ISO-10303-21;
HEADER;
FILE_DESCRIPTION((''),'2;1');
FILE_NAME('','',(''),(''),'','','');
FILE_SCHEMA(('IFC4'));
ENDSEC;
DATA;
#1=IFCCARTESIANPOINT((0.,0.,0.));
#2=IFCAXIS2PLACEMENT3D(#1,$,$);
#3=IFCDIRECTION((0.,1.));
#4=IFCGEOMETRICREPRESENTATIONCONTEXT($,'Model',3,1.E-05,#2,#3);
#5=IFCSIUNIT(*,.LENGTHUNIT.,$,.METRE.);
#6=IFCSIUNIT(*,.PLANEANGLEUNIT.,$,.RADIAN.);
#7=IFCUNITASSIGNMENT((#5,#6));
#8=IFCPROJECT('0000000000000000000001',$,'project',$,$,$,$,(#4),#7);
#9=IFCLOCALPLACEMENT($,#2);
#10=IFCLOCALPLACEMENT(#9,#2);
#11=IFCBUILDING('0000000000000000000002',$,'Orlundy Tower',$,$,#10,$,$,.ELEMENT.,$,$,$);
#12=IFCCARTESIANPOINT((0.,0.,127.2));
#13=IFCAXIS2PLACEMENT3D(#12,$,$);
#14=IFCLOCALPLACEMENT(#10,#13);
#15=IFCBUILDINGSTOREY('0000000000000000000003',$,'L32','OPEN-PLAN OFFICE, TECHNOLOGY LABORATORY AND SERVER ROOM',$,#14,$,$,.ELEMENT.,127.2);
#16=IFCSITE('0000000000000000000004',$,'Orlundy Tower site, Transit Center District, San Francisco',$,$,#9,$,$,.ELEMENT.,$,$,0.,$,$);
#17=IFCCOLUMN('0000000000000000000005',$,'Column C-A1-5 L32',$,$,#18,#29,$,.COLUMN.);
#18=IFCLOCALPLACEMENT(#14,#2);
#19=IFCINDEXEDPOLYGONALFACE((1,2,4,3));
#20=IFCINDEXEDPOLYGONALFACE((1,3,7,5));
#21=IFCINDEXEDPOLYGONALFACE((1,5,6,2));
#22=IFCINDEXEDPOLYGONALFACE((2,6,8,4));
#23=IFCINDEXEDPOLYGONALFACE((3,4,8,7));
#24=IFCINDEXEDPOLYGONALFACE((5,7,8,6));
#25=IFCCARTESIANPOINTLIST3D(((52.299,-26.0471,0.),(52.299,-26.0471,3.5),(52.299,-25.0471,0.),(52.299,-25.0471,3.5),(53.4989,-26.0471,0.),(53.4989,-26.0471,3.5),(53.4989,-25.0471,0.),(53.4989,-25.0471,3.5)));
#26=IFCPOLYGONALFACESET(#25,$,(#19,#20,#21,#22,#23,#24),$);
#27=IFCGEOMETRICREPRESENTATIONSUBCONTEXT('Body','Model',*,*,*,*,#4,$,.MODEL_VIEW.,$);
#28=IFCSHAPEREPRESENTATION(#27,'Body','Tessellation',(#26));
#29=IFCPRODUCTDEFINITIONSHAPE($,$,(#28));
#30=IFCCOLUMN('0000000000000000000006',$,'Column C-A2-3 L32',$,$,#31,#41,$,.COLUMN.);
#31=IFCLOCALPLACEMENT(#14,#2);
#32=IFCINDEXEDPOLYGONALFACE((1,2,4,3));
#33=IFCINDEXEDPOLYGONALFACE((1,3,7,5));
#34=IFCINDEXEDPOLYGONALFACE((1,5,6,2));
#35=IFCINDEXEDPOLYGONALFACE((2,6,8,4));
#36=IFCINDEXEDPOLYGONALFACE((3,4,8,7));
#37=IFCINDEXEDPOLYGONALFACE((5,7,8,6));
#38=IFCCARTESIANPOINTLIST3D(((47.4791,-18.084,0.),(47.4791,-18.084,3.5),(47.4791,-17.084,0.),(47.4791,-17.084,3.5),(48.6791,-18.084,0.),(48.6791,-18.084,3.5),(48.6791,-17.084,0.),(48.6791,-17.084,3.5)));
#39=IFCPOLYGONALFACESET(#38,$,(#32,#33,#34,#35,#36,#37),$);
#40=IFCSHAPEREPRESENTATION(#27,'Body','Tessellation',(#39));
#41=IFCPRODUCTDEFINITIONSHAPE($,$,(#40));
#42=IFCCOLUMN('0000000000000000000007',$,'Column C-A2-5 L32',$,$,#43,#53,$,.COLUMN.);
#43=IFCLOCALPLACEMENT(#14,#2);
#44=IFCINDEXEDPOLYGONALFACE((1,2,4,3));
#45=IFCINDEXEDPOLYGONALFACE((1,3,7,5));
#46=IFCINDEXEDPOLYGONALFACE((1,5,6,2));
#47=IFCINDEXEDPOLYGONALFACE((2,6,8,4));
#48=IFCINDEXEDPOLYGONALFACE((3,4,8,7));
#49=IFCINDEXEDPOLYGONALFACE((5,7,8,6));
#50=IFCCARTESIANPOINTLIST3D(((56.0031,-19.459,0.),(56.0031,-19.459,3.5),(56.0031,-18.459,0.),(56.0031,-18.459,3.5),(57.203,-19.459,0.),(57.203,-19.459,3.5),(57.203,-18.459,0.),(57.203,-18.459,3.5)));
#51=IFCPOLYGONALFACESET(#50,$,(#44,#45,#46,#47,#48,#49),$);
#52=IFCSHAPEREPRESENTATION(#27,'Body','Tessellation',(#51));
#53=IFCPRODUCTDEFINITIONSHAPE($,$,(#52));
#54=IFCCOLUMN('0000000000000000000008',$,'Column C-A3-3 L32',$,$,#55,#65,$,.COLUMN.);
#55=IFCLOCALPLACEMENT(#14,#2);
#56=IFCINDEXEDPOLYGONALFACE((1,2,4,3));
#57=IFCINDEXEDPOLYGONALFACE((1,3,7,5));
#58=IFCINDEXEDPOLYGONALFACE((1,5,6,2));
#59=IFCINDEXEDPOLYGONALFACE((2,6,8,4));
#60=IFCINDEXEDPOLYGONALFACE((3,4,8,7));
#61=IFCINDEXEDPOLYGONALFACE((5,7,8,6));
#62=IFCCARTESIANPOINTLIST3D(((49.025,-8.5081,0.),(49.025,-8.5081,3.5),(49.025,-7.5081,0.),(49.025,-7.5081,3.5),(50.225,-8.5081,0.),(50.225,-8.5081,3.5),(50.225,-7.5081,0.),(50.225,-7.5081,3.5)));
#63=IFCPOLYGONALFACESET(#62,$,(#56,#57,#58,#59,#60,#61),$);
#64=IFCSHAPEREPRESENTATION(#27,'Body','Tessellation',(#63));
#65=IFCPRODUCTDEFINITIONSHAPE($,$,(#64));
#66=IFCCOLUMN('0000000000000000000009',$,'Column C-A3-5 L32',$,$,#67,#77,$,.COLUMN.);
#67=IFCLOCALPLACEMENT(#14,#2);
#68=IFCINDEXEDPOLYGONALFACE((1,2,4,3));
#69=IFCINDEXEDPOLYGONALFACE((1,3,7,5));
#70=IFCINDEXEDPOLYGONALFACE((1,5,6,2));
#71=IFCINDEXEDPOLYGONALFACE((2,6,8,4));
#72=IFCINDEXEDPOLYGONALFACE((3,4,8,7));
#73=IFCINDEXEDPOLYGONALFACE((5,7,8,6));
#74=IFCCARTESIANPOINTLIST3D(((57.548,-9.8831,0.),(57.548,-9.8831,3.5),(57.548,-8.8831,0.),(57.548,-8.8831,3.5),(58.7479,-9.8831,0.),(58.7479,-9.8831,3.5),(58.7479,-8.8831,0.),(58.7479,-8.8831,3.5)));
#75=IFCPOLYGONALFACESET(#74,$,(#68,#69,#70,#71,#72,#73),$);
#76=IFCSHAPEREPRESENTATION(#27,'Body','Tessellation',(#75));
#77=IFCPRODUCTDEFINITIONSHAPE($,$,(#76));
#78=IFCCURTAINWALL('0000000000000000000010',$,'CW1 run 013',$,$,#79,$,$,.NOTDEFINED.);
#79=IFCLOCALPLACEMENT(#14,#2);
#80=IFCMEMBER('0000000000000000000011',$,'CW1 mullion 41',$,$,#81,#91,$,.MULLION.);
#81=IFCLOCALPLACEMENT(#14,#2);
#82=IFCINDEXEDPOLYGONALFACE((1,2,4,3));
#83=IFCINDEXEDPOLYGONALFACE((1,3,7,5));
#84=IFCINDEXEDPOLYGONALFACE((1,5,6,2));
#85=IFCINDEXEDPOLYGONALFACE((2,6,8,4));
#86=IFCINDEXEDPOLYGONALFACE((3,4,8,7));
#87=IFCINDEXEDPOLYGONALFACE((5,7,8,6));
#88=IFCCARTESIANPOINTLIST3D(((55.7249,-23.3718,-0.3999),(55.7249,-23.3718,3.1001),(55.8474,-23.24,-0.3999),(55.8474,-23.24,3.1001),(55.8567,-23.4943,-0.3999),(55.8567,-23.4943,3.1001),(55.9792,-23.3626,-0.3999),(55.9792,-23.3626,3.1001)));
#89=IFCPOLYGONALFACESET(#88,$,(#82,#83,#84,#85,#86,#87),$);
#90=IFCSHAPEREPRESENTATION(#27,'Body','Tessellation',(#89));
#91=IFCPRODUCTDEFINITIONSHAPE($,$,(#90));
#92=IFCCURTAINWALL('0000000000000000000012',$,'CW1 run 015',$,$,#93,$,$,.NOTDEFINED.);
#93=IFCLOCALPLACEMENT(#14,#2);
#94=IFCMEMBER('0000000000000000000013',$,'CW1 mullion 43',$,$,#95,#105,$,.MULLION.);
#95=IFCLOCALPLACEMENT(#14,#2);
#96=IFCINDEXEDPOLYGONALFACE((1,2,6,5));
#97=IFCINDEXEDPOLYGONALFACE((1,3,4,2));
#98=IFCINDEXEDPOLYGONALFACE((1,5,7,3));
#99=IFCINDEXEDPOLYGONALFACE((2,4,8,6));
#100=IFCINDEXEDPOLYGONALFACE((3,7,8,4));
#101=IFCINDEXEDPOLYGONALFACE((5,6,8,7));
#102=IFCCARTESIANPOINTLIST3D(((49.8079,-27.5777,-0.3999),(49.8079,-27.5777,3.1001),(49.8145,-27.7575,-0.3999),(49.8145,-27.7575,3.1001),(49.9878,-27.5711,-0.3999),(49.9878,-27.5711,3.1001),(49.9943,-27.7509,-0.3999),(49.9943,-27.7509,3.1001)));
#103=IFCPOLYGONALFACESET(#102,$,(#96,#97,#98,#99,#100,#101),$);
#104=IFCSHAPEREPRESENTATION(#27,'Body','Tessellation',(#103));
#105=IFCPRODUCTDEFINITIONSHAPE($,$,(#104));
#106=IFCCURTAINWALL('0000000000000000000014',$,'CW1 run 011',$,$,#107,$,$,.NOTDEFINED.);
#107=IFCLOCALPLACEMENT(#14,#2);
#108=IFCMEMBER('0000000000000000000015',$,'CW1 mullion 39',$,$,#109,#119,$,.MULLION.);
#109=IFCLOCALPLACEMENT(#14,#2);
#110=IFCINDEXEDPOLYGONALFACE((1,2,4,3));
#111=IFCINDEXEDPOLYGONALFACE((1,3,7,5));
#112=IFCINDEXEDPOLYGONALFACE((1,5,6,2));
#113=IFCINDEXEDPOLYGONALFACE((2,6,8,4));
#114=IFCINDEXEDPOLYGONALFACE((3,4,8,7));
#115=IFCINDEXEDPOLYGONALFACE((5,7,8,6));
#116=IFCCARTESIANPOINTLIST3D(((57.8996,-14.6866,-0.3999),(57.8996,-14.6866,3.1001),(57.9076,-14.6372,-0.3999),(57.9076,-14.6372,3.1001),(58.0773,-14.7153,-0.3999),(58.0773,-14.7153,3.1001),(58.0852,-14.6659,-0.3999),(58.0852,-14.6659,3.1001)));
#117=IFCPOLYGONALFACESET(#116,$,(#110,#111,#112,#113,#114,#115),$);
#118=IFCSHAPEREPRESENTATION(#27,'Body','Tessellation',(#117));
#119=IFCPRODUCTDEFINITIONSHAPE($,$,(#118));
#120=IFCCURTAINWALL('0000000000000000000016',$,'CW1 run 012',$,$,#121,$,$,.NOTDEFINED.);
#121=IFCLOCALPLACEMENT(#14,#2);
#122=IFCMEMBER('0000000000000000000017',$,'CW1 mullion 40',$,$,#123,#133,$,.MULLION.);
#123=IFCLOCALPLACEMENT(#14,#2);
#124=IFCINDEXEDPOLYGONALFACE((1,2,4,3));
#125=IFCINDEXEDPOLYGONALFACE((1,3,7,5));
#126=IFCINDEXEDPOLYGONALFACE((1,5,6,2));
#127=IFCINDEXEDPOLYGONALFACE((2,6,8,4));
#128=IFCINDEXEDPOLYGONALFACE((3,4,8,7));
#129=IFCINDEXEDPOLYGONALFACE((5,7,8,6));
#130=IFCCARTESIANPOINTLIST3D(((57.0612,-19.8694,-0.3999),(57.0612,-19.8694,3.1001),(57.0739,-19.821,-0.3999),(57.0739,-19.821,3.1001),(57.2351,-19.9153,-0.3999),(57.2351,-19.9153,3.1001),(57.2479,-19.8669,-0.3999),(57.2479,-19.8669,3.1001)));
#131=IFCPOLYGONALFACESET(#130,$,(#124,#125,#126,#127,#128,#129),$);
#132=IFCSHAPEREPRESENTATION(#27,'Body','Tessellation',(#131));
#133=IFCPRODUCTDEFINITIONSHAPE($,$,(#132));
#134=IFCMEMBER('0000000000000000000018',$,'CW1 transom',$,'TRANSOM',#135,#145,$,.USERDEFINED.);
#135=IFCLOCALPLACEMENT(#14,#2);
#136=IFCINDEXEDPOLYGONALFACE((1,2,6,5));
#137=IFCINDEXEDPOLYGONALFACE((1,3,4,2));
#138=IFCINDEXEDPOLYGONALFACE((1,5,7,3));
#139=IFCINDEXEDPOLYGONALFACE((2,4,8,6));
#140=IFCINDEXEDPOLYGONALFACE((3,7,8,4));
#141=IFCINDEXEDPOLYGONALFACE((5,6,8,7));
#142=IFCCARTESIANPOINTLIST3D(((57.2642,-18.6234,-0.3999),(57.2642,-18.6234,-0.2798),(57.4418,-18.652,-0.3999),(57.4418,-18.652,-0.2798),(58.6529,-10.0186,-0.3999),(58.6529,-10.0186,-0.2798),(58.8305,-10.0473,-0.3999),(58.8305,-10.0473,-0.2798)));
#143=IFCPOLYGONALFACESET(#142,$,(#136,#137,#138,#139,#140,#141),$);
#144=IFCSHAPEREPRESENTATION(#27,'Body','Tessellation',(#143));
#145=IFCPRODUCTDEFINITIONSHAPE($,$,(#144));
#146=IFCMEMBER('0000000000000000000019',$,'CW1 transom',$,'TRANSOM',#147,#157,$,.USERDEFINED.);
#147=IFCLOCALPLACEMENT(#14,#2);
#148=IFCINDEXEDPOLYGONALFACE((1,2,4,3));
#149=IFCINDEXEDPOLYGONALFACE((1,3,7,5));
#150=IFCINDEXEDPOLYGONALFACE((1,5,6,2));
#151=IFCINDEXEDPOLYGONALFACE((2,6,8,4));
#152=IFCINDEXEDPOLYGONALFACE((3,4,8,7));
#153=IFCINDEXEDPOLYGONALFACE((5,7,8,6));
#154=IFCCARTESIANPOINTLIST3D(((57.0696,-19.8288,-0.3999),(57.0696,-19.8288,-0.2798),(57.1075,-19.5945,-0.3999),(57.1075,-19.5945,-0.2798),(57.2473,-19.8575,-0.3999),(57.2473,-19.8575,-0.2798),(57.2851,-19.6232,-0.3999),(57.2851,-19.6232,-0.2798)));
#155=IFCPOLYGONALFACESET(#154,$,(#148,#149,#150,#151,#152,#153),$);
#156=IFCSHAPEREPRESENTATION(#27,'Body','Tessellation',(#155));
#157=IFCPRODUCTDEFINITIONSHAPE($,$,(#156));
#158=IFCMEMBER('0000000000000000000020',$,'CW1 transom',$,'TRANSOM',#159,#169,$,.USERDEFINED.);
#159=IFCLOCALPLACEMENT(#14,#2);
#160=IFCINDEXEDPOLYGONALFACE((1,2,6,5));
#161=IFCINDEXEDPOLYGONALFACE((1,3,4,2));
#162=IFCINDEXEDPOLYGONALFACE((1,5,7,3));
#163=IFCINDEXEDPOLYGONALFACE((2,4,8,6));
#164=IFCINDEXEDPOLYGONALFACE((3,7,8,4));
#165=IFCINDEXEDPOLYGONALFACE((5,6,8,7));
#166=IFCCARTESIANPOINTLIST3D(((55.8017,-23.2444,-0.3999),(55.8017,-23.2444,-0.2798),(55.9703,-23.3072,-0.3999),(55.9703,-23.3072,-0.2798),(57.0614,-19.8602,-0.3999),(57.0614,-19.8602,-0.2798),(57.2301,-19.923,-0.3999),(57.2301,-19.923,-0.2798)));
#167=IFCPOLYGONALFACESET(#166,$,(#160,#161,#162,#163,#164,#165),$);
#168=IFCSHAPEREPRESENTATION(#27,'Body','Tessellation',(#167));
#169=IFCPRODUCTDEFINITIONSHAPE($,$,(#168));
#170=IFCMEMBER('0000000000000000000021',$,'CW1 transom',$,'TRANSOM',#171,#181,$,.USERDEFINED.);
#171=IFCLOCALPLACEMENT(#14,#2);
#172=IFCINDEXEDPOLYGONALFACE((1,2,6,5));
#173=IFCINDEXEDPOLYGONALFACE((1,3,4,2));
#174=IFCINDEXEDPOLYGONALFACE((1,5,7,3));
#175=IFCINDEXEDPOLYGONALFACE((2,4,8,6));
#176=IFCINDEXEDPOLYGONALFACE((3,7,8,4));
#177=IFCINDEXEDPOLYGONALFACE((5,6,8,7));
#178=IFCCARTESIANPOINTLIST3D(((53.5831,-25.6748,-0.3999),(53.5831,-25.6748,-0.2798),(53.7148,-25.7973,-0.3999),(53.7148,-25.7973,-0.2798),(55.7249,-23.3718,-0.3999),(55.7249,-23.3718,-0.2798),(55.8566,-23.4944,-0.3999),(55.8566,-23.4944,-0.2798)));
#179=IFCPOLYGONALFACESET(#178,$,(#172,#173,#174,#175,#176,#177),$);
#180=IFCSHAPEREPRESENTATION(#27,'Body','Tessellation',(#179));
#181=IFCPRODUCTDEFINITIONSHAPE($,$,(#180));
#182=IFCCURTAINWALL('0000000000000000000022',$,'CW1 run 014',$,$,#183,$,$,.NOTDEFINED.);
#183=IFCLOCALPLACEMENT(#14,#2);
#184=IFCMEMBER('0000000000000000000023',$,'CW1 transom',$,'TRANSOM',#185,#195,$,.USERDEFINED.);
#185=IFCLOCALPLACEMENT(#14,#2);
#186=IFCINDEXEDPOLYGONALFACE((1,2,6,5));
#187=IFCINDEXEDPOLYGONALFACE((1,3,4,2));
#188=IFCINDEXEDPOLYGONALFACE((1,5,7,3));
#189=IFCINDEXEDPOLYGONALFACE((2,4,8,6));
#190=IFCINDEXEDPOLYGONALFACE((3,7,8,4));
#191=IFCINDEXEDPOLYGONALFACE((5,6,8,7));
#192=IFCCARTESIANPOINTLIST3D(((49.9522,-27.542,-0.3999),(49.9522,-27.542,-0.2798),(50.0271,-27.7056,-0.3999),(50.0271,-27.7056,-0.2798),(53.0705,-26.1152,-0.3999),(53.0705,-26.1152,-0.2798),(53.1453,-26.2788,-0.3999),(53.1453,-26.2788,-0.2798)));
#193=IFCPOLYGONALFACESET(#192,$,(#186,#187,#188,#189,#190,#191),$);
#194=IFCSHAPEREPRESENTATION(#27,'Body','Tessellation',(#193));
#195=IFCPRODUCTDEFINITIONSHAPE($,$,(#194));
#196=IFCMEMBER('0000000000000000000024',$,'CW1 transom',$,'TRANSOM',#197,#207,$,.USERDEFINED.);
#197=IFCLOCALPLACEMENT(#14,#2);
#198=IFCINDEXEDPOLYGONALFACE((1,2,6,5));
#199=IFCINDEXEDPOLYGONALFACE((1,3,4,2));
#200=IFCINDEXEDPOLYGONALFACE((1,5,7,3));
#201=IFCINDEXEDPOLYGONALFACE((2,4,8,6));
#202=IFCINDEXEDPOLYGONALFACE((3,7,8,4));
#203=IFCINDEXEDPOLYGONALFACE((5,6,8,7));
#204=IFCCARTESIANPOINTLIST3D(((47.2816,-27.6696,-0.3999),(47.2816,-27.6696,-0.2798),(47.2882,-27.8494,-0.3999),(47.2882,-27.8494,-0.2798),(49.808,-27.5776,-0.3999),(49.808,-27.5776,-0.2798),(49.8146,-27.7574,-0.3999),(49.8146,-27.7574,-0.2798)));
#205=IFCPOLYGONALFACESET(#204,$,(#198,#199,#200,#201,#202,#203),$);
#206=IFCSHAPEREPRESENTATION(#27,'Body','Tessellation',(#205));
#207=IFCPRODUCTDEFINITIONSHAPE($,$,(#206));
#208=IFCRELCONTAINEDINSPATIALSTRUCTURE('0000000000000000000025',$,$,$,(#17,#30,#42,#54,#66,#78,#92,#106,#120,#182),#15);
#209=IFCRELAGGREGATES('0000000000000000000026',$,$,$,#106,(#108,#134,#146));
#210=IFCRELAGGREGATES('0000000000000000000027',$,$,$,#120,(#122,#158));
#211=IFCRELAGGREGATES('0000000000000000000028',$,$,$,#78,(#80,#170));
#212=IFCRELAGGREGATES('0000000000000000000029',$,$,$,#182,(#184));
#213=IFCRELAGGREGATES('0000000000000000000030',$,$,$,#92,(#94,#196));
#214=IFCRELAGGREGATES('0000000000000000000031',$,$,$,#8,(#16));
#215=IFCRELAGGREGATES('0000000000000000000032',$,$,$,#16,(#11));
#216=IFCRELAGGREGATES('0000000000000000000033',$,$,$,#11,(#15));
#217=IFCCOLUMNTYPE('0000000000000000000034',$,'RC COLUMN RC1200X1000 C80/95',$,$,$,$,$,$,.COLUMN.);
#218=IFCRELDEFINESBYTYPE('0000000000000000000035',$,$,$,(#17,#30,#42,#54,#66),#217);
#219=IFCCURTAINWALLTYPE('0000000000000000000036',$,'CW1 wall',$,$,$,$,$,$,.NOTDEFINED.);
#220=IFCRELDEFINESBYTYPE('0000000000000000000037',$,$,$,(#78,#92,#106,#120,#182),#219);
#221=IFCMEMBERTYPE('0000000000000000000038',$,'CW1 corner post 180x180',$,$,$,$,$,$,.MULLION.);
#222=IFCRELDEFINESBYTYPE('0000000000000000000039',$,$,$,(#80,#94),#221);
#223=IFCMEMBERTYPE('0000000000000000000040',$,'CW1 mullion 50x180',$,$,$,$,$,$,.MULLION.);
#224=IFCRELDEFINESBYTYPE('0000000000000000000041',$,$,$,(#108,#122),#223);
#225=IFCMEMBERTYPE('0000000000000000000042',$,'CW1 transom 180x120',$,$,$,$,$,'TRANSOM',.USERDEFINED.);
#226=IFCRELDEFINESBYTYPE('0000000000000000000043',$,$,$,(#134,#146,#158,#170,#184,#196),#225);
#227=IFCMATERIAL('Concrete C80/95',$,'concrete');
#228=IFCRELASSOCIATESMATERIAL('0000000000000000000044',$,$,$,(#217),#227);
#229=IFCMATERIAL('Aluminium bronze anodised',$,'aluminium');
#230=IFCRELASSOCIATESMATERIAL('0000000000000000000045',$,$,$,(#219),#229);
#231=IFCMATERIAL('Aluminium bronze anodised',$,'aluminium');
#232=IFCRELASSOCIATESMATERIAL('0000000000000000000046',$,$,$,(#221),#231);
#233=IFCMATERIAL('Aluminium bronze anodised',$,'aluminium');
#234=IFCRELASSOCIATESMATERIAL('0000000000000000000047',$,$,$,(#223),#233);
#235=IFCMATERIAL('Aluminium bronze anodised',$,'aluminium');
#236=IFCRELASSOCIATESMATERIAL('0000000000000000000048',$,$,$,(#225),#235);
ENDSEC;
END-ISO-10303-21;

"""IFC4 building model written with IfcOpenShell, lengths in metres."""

from ifc_helpers import new_model, si_unit, direction, frame, origin, origin_2d, place, context, subcontext, project, spatial, rectangle, extrude, material, material_profile, profile_set, type_object, element, aggregate, save


model = new_model("IFC4")

# Units and contexts
model_context = context("Model", 3, precision=1e-05, world=origin(), true_north=direction((0.0, 1.0)))
body_context = subcontext(model_context, "Body", "Model", "MODEL_VIEW")
ifc_project = project(units=[si_unit("LENGTHUNIT", "METRE"), si_unit("PLANEANGLEUNIT", "RADIAN")], contexts=[model_context])

# Site, building, storey
site_placement = place(None, origin())
site = spatial("IfcSite", under=ifc_project, at=site_placement, Name="Orlundy Tower site, Transit Center District, San Francisco", CompositionType="ELEMENT", RefElevation=0.0)
building_placement = place(site_placement, origin())
building = spatial("IfcBuilding", under=site, at=building_placement, Name="Orlundy Tower", CompositionType="ELEMENT")
storey_placement = place(building_placement, frame((0.0, 0.0, 127.2)))
storey = spatial("IfcBuildingStorey", under=building, at=storey_placement, Name="L32", Description="OPEN-PLAN OFFICE, TECHNOLOGY LABORATORY AND SERVER ROOM", CompositionType="ELEMENT", Elevation=127.2)

# Columns
ifc_material_1 = material(Name="Concrete C80/95", Category="concrete")
ifc_material_profile_1 = material_profile(ifc_material_1, rectangle(XDim=1.2, YDim=1.0, at=origin_2d()), Name="RC1200X1000")
ifc_profile_set_1 = profile_set([ifc_material_profile_1], Name="Concrete C80/95")
column_type = type_object("IfcColumnType", Name="RC COLUMN RC1200X1000 C80/95", PredefinedType="COLUMN", material=ifc_profile_set_1)
for number, where, z_axis, x_axis, name in (
    (1, (52.8989, -25.5471, 0.0), (0.0, 0.0, 1.0), (1.0, 0.0, 0.0), "Column C-A1-5 L32"),
    (2, (48.0791, -17.584, 0.0), (0.0, 0.0, 1.0), (1.0, 0.0, 0.0), "Column C-A2-3 L32"),
    (3, (56.603, -18.959, 0.0), (0.0, 0.0, 1.0), (1.0, 0.0, 0.0), "Column C-A2-5 L32"),
    (4, (49.625, -8.0081, 0.0), (0.0, 0.0, 1.0), (1.0, 0.0, 0.0), "Column C-A3-3 L32"),
    (5, (58.1479, -9.3831, 0.0), (0.0, 0.0, 1.0), (1.0, 0.0, 0.0), "Column C-A3-5 L32"),
):
    element("IfcColumn", number, at=place(storey_placement, frame(where, z_axis=z_axis, x_axis=x_axis)), inside=storey, type_object=column_type, Name=name, PredefinedType="COLUMN", context=body_context, shape_type="SweptSolid", body=[
        extrude(rectangle(XDim=1.2, YDim=1.0, at=origin_2d()), origin(), (0.0, 0.0, 1.0), 3.5),
    ])

# Curtain walls, members
ifc_material_2 = material(Name="Aluminium bronze anodised", Category="aluminium")
curtain_wall_type = type_object("IfcCurtainWallType", Name="CW1 wall", PredefinedType="NOTDEFINED", material=ifc_material_2)
curtain_wall_1_placement = place(storey_placement, origin())
curtain_wall_1 = element("IfcCurtainWall", 6, at=curtain_wall_1_placement, inside=storey, type_object=curtain_wall_type, Name="CW1 run 013", PredefinedType="NOTDEFINED")
ifc_material_3 = material(Name="Aluminium bronze anodised", Category="aluminium")
ifc_material_profile_2 = material_profile(ifc_material_3, rectangle(XDim=0.1799, YDim=0.1799, at=origin_2d()), Name="CW1 corner post 180x180")
ifc_profile_set_2 = profile_set([ifc_material_profile_2], Name="Aluminium bronze anodised")
member_type_1 = type_object("IfcMemberType", Name="CW1 corner post 180x180", PredefinedType="MULLION", material=ifc_profile_set_2)
member_1_placement = place(storey_placement, frame((55.8521, -23.3672, -0.3999), z_axis=(0.0, 0.0, 1.0), x_axis=(0.732274, -0.68101, 0.0)))
member_1 = element("IfcMember", 7, at=member_1_placement, type_object=member_type_1, Name="CW1 mullion 41", PredefinedType="MULLION", context=body_context, shape_type="SweptSolid", body=[
    extrude(rectangle(XDim=0.1799, YDim=0.1799, at=origin_2d()), origin(), (0.0, 0.0, 1.0), 3.5),
])
curtain_wall_2_placement = place(storey_placement, origin())
curtain_wall_2 = element("IfcCurtainWall", 8, at=curtain_wall_2_placement, inside=storey, type_object=curtain_wall_type, Name="CW1 run 015", PredefinedType="NOTDEFINED")
member_2_placement = place(storey_placement, frame((49.9011, -27.6643, -0.3999), z_axis=(0.0, 0.0, 1.0), x_axis=(0.036413, -0.999337, 0.0)))
member_2 = element("IfcMember", 9, at=member_2_placement, type_object=member_type_1, Name="CW1 mullion 43", PredefinedType="MULLION", context=body_context, shape_type="SweptSolid", body=[
    extrude(rectangle(XDim=0.1799, YDim=0.1799, at=origin_2d()), origin(), (0.0, 0.0, 1.0), 3.5),
])
curtain_wall_3_placement = place(storey_placement, origin())
curtain_wall_3 = element("IfcCurtainWall", 10, at=curtain_wall_3_placement, inside=storey, type_object=curtain_wall_type, Name="CW1 run 011", PredefinedType="NOTDEFINED")
ifc_material_4 = material(Name="Aluminium bronze anodised", Category="aluminium")
ifc_material_profile_3 = material_profile(ifc_material_4, rectangle(XDim=0.1799, YDim=0.05, at=origin_2d()), Name="CW1 mullion 50x180")
ifc_profile_set_3 = profile_set([ifc_material_profile_3], Name="Aluminium bronze anodised")
member_type_2 = type_object("IfcMemberType", Name="CW1 mullion 50x180", PredefinedType="MULLION", material=ifc_profile_set_3)
member_3_placement = place(storey_placement, frame((57.9924, -14.6763, -0.3999), z_axis=(0.0, 0.0, 1.0), x_axis=(0.987225, -0.159331, 0.0)))
member_3 = element("IfcMember", 11, at=member_3_placement, type_object=member_type_2, Name="CW1 mullion 39", PredefinedType="MULLION", context=body_context, shape_type="SweptSolid", body=[
    extrude(rectangle(XDim=0.1799, YDim=0.05, at=origin_2d()), origin(), (0.0, 0.0, 1.0), 3.5),
])
curtain_wall_4_placement = place(storey_placement, origin())
curtain_wall_4 = element("IfcCurtainWall", 12, at=curtain_wall_4_placement, inside=storey, type_object=curtain_wall_type, Name="CW1 run 012", PredefinedType="NOTDEFINED")
member_4_placement = place(storey_placement, frame((57.1545, -19.8682, -0.3999), z_axis=(0.0, 0.0, 1.0), x_axis=(0.966861, -0.255302, 0.0)))
member_4 = element("IfcMember", 13, at=member_4_placement, type_object=member_type_2, Name="CW1 mullion 40", PredefinedType="MULLION", context=body_context, shape_type="SweptSolid", body=[
    extrude(rectangle(XDim=0.1799, YDim=0.05, at=origin_2d()), origin(), (0.0, 0.0, 1.0), 3.5),
])

# Members
ifc_material_5 = material(Name="Aluminium bronze anodised", Category="aluminium")
ifc_material_profile_4 = material_profile(ifc_material_5, rectangle(XDim=0.1799, YDim=0.1201, at=origin_2d()), Name="CW1 transom 180x120")
ifc_profile_set_4 = profile_set([ifc_material_profile_4], Name="Aluminium bronze anodised")
member_type_3 = type_object("IfcMemberType", Name="CW1 transom 180x120", ElementType="TRANSOM", PredefinedType="USERDEFINED", material=ifc_profile_set_4)
member_5_placement = place(storey_placement, frame((58.7417, -10.033, -0.3398), z_axis=(-0.159323, -0.987226, 0.0), x_axis=(0.987226, -0.159323, 0.0)))
member_5 = element("IfcMember", 14, at=member_5_placement, type_object=member_type_3, Name="CW1 transom", ObjectType="TRANSOM", PredefinedType="USERDEFINED", context=body_context, shape_type="SweptSolid", body=[
    extrude(rectangle(XDim=0.1799, YDim=0.1201, at=origin_2d()), origin(), (0.0, 0.0, 1.0), 8.7161),
])
member_6_placement = place(storey_placement, frame((57.1963, -19.6089, -0.3398), z_axis=(-0.159394, -0.987215, 0.0), x_axis=(0.987215, -0.159394, 0.0)))
member_6 = element("IfcMember", 15, at=member_6_placement, type_object=member_type_3, Name="CW1 transom", ObjectType="TRANSOM", PredefinedType="USERDEFINED", context=body_context, shape_type="SweptSolid", body=[
    extrude(rectangle(XDim=0.1799, YDim=0.1201, at=origin_2d()), origin(), (0.0, 0.0, 1.0), 0.2373),
])
member_7_placement = place(storey_placement, frame((57.1458, -19.8916, -0.3398), z_axis=(-0.348855, -0.937177, 0.0), x_axis=(0.937177, -0.348855, 0.0)))
member_7 = element("IfcMember", 16, at=member_7_placement, type_object=member_type_3, Name="CW1 transom", ObjectType="TRANSOM", PredefinedType="USERDEFINED", context=body_context, shape_type="SweptSolid", body=[
    extrude(rectangle(XDim=0.1799, YDim=0.1201, at=origin_2d()), origin(), (0.0, 0.0, 1.0), 3.6111),
])
member_8_placement = place(storey_placement, frame((55.7908, -23.4331, -0.3398), z_axis=(-0.681026, -0.73226, 0.0), x_axis=(0.73226, -0.681026, 0.0)))
member_8 = element("IfcMember", 17, at=member_8_placement, type_object=member_type_3, Name="CW1 transom", ObjectType="TRANSOM", PredefinedType="USERDEFINED", context=body_context, shape_type="SweptSolid", body=[
    extrude(rectangle(XDim=0.1799, YDim=0.1201, at=origin_2d()), origin(), (0.0, 0.0, 1.0), 3.145),
])

# Curtain wall, member
curtain_wall_5_placement = place(storey_placement, origin())
curtain_wall_5 = element("IfcCurtainWall", 18, at=curtain_wall_5_placement, inside=storey, type_object=curtain_wall_type, Name="CW1 run 014", PredefinedType="NOTDEFINED")
member_9_placement = place(storey_placement, frame((53.1079, -26.197, -0.3398), z_axis=(-0.90933, -0.416076, 0.0), x_axis=(0.416076, -0.90933, 0.0)))
member_9 = element("IfcMember", 19, at=member_9_placement, type_object=member_type_3, Name="CW1 transom", ObjectType="TRANSOM", PredefinedType="USERDEFINED", context=body_context, shape_type="SweptSolid", body=[
    extrude(rectangle(XDim=0.1799, YDim=0.1201, at=origin_2d()), origin(), (0.0, 0.0, 1.0), 3.4292),
])

# Member
member_10_placement = place(storey_placement, frame((49.8113, -27.6675, -0.3398), z_axis=(-0.999337, -0.036408, 0.0), x_axis=(0.036408, -0.999337, 0.0)))
member_10 = element("IfcMember", 20, at=member_10_placement, type_object=member_type_3, Name="CW1 transom", ObjectType="TRANSOM", PredefinedType="USERDEFINED", context=body_context, shape_type="SweptSolid", body=[
    extrude(rectangle(XDim=0.1799, YDim=0.1201, at=origin_2d()), origin(), (0.0, 0.0, 1.0), 2.5281),
])

aggregate(curtain_wall_3, [member_3, member_5, member_6])
aggregate(curtain_wall_4, [member_4, member_7])
aggregate(curtain_wall_1, [member_1, member_8])
aggregate(curtain_wall_5, [member_9])
aggregate(curtain_wall_2, [member_2, member_10])

save(model, "model.ifc")
